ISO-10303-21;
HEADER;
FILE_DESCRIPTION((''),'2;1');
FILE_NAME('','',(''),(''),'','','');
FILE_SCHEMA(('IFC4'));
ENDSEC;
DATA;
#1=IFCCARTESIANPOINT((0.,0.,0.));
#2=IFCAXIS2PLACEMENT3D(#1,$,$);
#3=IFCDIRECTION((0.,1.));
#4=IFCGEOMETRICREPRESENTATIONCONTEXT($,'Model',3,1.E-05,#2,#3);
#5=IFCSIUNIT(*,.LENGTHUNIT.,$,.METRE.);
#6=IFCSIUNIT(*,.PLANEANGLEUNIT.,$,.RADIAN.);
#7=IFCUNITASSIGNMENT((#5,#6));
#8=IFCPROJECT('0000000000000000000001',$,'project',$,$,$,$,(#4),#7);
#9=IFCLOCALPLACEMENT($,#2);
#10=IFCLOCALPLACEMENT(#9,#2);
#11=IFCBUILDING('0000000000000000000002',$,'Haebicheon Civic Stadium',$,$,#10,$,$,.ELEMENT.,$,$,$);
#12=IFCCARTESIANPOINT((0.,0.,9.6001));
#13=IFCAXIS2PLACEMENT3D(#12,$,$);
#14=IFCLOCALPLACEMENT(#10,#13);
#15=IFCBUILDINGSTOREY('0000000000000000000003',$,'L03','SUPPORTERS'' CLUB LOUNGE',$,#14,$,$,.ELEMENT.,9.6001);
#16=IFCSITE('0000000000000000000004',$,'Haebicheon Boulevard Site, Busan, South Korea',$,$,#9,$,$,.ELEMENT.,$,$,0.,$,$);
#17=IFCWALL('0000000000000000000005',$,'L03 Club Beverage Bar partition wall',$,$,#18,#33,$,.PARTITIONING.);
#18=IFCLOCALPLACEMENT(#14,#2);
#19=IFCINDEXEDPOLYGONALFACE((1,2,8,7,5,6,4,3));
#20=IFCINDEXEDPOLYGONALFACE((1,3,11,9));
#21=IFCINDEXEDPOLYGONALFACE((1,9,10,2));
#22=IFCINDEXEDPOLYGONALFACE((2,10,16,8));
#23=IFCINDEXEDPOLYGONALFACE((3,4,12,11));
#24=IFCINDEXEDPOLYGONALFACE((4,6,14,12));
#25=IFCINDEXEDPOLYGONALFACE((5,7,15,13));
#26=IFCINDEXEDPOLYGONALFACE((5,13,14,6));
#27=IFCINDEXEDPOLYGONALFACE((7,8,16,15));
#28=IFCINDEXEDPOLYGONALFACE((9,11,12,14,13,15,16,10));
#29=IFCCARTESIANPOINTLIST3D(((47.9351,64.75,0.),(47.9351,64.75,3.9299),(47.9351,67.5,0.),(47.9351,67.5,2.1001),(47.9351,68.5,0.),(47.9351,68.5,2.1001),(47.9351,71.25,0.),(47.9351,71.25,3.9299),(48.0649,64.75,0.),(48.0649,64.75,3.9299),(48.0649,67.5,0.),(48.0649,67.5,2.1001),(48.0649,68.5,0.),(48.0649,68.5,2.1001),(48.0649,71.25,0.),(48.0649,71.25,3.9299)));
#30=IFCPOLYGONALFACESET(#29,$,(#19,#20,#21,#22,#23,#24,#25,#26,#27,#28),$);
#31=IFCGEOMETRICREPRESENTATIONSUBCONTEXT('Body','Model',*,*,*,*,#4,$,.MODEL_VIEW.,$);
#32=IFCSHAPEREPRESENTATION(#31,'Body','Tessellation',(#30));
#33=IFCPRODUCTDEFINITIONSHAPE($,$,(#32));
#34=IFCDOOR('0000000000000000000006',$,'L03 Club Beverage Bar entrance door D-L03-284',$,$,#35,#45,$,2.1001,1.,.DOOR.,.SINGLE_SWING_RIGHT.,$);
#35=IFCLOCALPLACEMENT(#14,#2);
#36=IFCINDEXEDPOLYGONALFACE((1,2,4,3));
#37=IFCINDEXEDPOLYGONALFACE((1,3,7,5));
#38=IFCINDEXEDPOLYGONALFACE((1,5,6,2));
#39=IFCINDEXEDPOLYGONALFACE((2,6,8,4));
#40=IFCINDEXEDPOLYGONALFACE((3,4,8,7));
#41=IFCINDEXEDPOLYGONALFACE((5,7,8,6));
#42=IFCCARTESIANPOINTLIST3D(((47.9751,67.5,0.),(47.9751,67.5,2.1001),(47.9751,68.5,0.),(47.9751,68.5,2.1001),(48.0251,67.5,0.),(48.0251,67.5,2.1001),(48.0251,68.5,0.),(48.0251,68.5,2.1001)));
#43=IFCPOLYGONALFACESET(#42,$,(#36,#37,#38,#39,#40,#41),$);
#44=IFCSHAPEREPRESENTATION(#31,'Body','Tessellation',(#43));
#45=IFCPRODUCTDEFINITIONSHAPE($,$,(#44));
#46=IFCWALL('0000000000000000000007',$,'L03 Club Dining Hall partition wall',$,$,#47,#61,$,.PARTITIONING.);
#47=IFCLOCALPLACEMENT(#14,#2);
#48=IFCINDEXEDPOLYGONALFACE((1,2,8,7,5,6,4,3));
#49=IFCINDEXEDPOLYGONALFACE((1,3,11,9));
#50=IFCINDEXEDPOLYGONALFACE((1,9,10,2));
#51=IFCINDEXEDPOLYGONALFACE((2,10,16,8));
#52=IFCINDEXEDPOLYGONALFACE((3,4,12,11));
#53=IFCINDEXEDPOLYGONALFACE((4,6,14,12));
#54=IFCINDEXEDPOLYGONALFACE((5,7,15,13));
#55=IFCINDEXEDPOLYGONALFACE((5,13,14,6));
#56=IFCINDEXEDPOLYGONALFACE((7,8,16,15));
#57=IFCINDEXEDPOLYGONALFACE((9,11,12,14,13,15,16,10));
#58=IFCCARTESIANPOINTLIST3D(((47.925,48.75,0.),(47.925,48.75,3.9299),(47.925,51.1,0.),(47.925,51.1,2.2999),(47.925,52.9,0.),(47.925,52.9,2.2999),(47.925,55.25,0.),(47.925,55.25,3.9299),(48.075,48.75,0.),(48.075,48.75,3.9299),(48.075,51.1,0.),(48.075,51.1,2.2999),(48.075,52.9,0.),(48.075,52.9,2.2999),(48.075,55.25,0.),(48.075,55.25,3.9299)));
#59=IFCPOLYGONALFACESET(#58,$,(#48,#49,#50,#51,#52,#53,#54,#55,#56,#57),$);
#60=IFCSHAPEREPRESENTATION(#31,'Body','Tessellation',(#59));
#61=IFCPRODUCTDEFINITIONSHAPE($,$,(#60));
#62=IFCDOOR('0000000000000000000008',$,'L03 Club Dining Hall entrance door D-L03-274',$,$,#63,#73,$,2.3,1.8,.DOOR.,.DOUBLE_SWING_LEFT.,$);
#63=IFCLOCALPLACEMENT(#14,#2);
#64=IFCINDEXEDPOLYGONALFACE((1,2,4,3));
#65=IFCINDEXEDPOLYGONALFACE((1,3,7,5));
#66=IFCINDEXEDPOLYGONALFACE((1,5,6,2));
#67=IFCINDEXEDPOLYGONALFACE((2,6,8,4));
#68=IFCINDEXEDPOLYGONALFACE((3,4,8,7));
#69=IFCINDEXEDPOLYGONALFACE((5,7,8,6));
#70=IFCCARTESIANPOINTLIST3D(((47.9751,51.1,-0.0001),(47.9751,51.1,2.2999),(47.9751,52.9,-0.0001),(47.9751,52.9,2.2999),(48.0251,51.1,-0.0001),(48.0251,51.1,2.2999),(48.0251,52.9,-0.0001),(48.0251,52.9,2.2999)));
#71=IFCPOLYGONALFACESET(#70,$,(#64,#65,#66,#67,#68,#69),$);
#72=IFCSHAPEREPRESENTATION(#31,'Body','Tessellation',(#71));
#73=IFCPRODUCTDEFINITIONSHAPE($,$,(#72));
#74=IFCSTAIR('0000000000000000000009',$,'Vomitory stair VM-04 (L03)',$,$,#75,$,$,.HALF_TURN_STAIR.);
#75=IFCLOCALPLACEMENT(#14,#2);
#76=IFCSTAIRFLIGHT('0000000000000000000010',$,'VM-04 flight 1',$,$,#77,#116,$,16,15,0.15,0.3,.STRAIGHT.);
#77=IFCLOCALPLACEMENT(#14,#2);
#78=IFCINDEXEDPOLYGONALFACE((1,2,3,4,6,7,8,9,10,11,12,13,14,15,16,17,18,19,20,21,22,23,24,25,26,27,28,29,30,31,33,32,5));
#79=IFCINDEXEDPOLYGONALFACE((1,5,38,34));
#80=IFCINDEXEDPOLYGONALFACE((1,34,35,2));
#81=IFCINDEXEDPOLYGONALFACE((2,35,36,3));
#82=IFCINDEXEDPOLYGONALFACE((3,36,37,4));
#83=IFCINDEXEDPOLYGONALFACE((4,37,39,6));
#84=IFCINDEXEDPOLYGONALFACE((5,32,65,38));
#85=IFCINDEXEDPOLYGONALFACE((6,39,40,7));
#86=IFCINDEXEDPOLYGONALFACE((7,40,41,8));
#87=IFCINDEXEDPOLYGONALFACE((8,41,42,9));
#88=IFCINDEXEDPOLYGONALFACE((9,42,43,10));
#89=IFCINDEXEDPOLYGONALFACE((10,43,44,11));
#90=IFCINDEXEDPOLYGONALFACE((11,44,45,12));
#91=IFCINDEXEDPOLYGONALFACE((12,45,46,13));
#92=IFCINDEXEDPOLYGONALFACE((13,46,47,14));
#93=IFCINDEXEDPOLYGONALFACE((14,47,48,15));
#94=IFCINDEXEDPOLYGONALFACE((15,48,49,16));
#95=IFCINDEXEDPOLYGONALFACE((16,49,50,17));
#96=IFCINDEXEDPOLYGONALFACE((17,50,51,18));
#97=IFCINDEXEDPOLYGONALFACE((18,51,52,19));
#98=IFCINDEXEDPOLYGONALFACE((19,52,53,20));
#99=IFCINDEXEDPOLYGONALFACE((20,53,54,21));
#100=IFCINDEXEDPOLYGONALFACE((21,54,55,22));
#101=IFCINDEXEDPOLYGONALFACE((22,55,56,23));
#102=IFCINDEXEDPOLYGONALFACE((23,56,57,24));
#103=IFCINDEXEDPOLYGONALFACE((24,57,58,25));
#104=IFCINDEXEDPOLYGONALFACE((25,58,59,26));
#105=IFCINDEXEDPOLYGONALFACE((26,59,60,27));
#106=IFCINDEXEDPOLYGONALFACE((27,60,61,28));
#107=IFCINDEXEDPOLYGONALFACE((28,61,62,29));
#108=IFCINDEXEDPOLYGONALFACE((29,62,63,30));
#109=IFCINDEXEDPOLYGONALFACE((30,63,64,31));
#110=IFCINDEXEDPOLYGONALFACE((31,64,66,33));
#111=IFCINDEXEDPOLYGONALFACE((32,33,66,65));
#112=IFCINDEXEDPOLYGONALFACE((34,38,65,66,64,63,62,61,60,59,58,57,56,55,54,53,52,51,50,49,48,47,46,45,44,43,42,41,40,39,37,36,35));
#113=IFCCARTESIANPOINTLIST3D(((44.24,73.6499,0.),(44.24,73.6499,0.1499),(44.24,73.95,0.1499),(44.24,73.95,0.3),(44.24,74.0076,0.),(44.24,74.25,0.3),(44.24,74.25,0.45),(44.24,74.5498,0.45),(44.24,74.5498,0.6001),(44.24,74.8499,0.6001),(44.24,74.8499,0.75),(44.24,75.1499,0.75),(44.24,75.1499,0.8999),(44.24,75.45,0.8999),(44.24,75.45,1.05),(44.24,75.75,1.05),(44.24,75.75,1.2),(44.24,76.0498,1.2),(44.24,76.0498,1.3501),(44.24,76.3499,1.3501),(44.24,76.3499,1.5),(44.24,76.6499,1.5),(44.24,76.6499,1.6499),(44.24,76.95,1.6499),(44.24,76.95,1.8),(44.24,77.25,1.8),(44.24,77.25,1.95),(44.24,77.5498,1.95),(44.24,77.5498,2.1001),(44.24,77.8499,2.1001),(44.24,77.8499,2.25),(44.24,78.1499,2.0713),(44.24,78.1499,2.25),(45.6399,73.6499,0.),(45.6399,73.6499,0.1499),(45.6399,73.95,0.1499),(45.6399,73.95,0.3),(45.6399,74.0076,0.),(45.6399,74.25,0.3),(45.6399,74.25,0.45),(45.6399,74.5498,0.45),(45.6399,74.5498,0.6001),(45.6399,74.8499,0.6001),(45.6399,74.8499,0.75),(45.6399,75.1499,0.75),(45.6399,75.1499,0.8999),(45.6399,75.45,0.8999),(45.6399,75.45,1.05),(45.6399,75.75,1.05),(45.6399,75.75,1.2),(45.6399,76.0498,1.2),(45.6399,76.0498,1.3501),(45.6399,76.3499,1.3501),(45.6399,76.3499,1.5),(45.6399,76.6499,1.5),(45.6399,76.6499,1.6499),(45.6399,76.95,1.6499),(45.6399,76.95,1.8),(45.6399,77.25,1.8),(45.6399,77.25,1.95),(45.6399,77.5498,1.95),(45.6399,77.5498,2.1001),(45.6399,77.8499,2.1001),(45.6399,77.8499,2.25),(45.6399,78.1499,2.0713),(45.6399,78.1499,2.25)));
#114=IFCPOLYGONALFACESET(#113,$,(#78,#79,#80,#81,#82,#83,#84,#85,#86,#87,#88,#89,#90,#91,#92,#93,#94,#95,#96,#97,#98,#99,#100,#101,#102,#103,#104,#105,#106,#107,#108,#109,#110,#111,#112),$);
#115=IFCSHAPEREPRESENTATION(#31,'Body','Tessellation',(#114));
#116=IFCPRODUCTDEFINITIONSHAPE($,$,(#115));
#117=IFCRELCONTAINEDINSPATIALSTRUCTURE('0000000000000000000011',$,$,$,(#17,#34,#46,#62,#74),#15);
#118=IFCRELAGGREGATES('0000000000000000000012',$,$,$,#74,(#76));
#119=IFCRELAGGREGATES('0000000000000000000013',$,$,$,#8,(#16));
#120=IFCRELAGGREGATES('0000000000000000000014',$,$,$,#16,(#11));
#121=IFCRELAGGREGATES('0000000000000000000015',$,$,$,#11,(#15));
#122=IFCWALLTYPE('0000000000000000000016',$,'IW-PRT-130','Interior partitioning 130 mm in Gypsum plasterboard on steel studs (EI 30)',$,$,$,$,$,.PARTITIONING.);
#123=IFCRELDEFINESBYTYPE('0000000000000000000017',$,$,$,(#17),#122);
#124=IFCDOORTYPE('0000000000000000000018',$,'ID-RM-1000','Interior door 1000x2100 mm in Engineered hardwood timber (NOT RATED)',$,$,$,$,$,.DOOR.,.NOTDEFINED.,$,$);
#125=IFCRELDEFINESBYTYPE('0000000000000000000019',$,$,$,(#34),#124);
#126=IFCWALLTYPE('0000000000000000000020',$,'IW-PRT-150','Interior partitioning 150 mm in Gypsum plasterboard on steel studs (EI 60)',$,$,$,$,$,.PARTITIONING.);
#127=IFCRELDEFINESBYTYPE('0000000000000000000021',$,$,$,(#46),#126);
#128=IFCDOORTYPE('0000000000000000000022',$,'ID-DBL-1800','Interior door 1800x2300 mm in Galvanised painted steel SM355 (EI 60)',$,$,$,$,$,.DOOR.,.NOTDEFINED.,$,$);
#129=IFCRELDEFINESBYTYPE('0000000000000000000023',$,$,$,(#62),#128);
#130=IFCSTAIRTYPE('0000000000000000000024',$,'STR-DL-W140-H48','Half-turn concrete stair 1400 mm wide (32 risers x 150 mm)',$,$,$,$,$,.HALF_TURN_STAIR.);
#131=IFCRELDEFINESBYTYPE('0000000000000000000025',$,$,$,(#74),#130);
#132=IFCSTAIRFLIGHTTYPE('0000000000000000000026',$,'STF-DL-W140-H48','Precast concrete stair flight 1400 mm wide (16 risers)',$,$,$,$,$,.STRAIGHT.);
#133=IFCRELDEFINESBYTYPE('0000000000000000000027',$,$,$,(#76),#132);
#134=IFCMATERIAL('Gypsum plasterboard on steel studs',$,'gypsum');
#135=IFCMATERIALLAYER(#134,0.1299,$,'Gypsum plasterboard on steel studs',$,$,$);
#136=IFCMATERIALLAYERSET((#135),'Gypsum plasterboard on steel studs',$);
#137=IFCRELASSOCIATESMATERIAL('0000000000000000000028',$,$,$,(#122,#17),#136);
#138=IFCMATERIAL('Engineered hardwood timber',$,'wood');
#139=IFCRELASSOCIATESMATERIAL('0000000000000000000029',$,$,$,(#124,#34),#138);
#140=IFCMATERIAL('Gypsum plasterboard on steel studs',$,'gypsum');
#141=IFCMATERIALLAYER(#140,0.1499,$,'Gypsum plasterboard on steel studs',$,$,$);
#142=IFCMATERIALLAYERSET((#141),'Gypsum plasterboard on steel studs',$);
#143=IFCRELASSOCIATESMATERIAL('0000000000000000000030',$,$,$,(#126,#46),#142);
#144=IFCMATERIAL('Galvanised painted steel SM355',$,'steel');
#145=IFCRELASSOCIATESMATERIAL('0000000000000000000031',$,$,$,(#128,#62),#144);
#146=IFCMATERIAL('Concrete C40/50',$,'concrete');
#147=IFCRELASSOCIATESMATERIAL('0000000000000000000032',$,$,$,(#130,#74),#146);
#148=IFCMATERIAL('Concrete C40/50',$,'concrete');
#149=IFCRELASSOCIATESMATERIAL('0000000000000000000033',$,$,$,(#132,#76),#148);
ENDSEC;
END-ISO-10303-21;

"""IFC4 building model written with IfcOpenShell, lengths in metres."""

from ifc_helpers import new_model, si_unit, direction, frame, frame_2d, origin, place, context, subcontext, project, spatial, polyline, rectangle, outline, extrude, material, layer, layer_set, type_object, element, fill, aggregate, save


model = new_model("IFC4")

# Units and contexts
model_context = context("Model", 3, precision=1e-05, world=origin(), true_north=direction((0.0, 1.0)))
body_context = subcontext(model_context, "Body", "Model", "MODEL_VIEW")
ifc_project = project(units=[si_unit("LENGTHUNIT", "METRE"), si_unit("PLANEANGLEUNIT", "RADIAN")], contexts=[model_context])

# Site, building, storey
site_placement = place(None, origin())
site = spatial("IfcSite", under=ifc_project, at=site_placement, Name="Haebicheon Boulevard Site, Busan, South Korea", CompositionType="ELEMENT", RefElevation=0.0)
building_placement = place(site_placement, origin())
building = spatial("IfcBuilding", under=site, at=building_placement, Name="Haebicheon Civic Stadium", CompositionType="ELEMENT")
storey_placement = place(building_placement, frame((0.0, 0.0, 9.6001)))
storey = spatial("IfcBuildingStorey", under=building, at=storey_placement, Name="L03", Description="SUPPORTERS' CLUB LOUNGE", CompositionType="ELEMENT", Elevation=9.6001)

# Walls, openings, doors
ifc_material_1 = material(Name="Gypsum plasterboard on steel studs", Category="gypsum")
ifc_layer_1 = layer(ifc_material_1, 0.1299, Name="Gypsum plasterboard on steel studs")
ifc_layer_set_1 = layer_set([ifc_layer_1], Name="Gypsum plasterboard on steel studs")
wall_type_1 = type_object("IfcWallType", Name="IW-PRT-130", Description="Interior partitioning 130 mm in Gypsum plasterboard on steel studs (EI 30)", PredefinedType="PARTITIONING", material=ifc_layer_set_1)
wall_1_placement = place(storey_placement, frame((48.0, 64.75, 0.0), z_axis=(0.0, 0.0, 1.0), x_axis=(0.0, 1.0, 0.0)))
wall_1 = element("IfcWall", 1, at=wall_1_placement, inside=storey, type_object=wall_type_1, material=ifc_layer_set_1, Name="L03 Club Beverage Bar partition wall", PredefinedType="PARTITIONING", context=body_context, shape_type="SweptSolid", body=[
    extrude(rectangle(XDim=6.5, YDim=0.1299, at=frame_2d((3.25, 0.0))), origin(), (0.0, 0.0, 1.0), 3.9299),
])
opening_1_placement = place(wall_1_placement, frame((2.75, 0.0, 0.0)))
opening_1 = element("IfcOpeningElement", 2, at=opening_1_placement, cuts=wall_1, PredefinedType="OPENING", context=body_context, shape_type="SweptSolid", body=[
    extrude(rectangle(XDim=1.0, YDim=2.1001, at=frame_2d((0.5, 1.05))), frame((0.0, 0.075, 0.0), z_axis=(0.0, -1.0, 0.0), x_axis=(1.0, 0.0, 0.0)), (0.0, 0.0, 1.0), 0.1499),
])
ifc_material_2 = material(Name="Engineered hardwood timber", Category="wood")
door_type_1 = type_object("IfcDoorType", Name="ID-RM-1000", Description="Interior door 1000x2100 mm in Engineered hardwood timber (NOT RATED)", OperationType="NOTDEFINED", PredefinedType="DOOR", material=ifc_material_2)
door_1_placement = place(opening_1_placement, origin())
door_1 = element("IfcDoor", 3, at=door_1_placement, inside=storey, type_object=door_type_1, material=ifc_material_2, Name="L03 Club Beverage Bar entrance door D-L03-284", OperationType="SINGLE_SWING_RIGHT", OverallHeight=2.1001, OverallWidth=1.0, PredefinedType="DOOR", context=body_context, shape_type="SweptSolid", body=[
    extrude(rectangle(XDim=1.0, YDim=2.1001, at=frame_2d((0.5, 1.05))), frame((0.0, 0.0249, 0.0), z_axis=(0.0, -1.0, 0.0), x_axis=(1.0, 0.0, 0.0)), (0.0, 0.0, 1.0), 0.05),
])
fill(opening_1, door_1)
ifc_material_3 = material(Name="Gypsum plasterboard on steel studs", Category="gypsum")
ifc_layer_2 = layer(ifc_material_3, 0.1499, Name="Gypsum plasterboard on steel studs")
ifc_layer_set_2 = layer_set([ifc_layer_2], Name="Gypsum plasterboard on steel studs")
wall_type_2 = type_object("IfcWallType", Name="IW-PRT-150", Description="Interior partitioning 150 mm in Gypsum plasterboard on steel studs (EI 60)", PredefinedType="PARTITIONING", material=ifc_layer_set_2)
wall_2_placement = place(storey_placement, frame((48.0, 48.75, 0.0), z_axis=(0.0, 0.0, 1.0), x_axis=(0.0, 1.0, 0.0)))
wall_2 = element("IfcWall", 4, at=wall_2_placement, inside=storey, type_object=wall_type_2, material=ifc_layer_set_2, Name="L03 Club Dining Hall partition wall", PredefinedType="PARTITIONING", context=body_context, shape_type="SweptSolid", body=[
    extrude(rectangle(XDim=6.5, YDim=0.1499, at=frame_2d((3.25, 0.0))), origin(), (0.0, 0.0, 1.0), 3.9299),
])
opening_2_placement = place(wall_2_placement, frame((2.3501, 0.0, 0.0)))
opening_2 = element("IfcOpeningElement", 5, at=opening_2_placement, cuts=wall_2, PredefinedType="OPENING", context=body_context, shape_type="SweptSolid", body=[
    extrude(rectangle(XDim=1.8, YDim=2.3, at=frame_2d((0.8999, 1.1499))), frame((0.0, 0.085, 0.0), z_axis=(0.0, -1.0, 0.0), x_axis=(1.0, 0.0, 0.0)), (0.0, 0.0, 1.0), 0.1699),
])
ifc_material_4 = material(Name="Galvanised painted steel SM355", Category="steel")
door_type_2 = type_object("IfcDoorType", Name="ID-DBL-1800", Description="Interior door 1800x2300 mm in Galvanised painted steel SM355 (EI 60)", OperationType="NOTDEFINED", PredefinedType="DOOR", material=ifc_material_4)
door_2_placement = place(opening_2_placement, origin())
door_2 = element("IfcDoor", 6, at=door_2_placement, inside=storey, type_object=door_type_2, material=ifc_material_4, Name="L03 Club Dining Hall entrance door D-L03-274", OperationType="DOUBLE_SWING_LEFT", OverallHeight=2.3, OverallWidth=1.8, PredefinedType="DOOR", context=body_context, shape_type="SweptSolid", body=[
    extrude(rectangle(XDim=1.8, YDim=2.3, at=frame_2d((0.8999, 1.1499))), frame((0.0, 0.0249, 0.0), z_axis=(0.0, -1.0, 0.0), x_axis=(1.0, 0.0, 0.0)), (0.0, 0.0, 1.0), 0.05),
])
fill(opening_2, door_2)

# Stair, stair flight
ifc_material_5 = material(Name="Concrete C40/50", Category="concrete")
stair_type = type_object("IfcStairType", Name="STR-DL-W140-H48", Description="Half-turn concrete stair 1400 mm wide (32 risers x 150 mm)", PredefinedType="HALF_TURN_STAIR", material=ifc_material_5)
stair_placement = place(storey_placement, origin())
stair = element("IfcStair", 7, at=stair_placement, inside=storey, type_object=stair_type, material=ifc_material_5, Name="Vomitory stair VM-04 (L03)", PredefinedType="HALF_TURN_STAIR")
ifc_material_6 = material(Name="Concrete C40/50", Category="concrete")
stair_flight_type = type_object("IfcStairFlightType", Name="STF-DL-W140-H48", Description="Precast concrete stair flight 1400 mm wide (16 risers)", PredefinedType="STRAIGHT", material=ifc_material_6)
stair_flight_placement = place(storey_placement, frame((44.9399, 73.6499, 0.0), z_axis=(0.0, 0.0, 1.0), x_axis=(0.0, 1.0, 0.0)))
stair_flight = element("IfcStairFlight", 8, at=stair_flight_placement, type_object=stair_flight_type, material=ifc_material_6, Name="VM-04 flight 1", NumberOfRisers=16, NumberOfTreads=15, PredefinedType="STRAIGHT", RiserHeight=0.15, TreadLength=0.3, context=body_context, shape_type="SweptSolid", body=[
    extrude(outline(polyline([(0.0, 0.0), (0.0, 0.1499), (0.3, 0.1499), (0.3, 0.3), (0.6001, 0.3), (0.6001, 0.45), (0.8999, 0.45), (0.8999, 0.6001), (1.2, 0.6001), (1.2, 0.75), (1.5, 0.75), (1.5, 0.8999), (1.8, 0.8999), (1.8, 1.05), (2.1001, 1.05), (2.1001, 1.2), (2.3999, 1.2), (2.3999, 1.3501), (2.7, 1.3501), (2.7, 1.5), (3.0, 1.5), (3.0, 1.6499), (3.3, 1.6499), (3.3, 1.8), (3.6001, 1.8), (3.6001, 1.95), (3.8999, 1.95), (3.8999, 2.1001), (4.2, 2.1001), (4.2, 2.25), (4.5, 2.25), (4.5, 2.3999), (4.5, 2.0713), (0.3577, 0.0), (0.0, 0.0)])), frame((0.0, 0.7, 0.0), z_axis=(0.0, -1.0, 0.0), x_axis=(1.0, 0.0, 0.0)), (0.0, 0.0, 1.0), 1.3999),
])
aggregate(stair, [stair_flight])

save(model, "model.ifc")
